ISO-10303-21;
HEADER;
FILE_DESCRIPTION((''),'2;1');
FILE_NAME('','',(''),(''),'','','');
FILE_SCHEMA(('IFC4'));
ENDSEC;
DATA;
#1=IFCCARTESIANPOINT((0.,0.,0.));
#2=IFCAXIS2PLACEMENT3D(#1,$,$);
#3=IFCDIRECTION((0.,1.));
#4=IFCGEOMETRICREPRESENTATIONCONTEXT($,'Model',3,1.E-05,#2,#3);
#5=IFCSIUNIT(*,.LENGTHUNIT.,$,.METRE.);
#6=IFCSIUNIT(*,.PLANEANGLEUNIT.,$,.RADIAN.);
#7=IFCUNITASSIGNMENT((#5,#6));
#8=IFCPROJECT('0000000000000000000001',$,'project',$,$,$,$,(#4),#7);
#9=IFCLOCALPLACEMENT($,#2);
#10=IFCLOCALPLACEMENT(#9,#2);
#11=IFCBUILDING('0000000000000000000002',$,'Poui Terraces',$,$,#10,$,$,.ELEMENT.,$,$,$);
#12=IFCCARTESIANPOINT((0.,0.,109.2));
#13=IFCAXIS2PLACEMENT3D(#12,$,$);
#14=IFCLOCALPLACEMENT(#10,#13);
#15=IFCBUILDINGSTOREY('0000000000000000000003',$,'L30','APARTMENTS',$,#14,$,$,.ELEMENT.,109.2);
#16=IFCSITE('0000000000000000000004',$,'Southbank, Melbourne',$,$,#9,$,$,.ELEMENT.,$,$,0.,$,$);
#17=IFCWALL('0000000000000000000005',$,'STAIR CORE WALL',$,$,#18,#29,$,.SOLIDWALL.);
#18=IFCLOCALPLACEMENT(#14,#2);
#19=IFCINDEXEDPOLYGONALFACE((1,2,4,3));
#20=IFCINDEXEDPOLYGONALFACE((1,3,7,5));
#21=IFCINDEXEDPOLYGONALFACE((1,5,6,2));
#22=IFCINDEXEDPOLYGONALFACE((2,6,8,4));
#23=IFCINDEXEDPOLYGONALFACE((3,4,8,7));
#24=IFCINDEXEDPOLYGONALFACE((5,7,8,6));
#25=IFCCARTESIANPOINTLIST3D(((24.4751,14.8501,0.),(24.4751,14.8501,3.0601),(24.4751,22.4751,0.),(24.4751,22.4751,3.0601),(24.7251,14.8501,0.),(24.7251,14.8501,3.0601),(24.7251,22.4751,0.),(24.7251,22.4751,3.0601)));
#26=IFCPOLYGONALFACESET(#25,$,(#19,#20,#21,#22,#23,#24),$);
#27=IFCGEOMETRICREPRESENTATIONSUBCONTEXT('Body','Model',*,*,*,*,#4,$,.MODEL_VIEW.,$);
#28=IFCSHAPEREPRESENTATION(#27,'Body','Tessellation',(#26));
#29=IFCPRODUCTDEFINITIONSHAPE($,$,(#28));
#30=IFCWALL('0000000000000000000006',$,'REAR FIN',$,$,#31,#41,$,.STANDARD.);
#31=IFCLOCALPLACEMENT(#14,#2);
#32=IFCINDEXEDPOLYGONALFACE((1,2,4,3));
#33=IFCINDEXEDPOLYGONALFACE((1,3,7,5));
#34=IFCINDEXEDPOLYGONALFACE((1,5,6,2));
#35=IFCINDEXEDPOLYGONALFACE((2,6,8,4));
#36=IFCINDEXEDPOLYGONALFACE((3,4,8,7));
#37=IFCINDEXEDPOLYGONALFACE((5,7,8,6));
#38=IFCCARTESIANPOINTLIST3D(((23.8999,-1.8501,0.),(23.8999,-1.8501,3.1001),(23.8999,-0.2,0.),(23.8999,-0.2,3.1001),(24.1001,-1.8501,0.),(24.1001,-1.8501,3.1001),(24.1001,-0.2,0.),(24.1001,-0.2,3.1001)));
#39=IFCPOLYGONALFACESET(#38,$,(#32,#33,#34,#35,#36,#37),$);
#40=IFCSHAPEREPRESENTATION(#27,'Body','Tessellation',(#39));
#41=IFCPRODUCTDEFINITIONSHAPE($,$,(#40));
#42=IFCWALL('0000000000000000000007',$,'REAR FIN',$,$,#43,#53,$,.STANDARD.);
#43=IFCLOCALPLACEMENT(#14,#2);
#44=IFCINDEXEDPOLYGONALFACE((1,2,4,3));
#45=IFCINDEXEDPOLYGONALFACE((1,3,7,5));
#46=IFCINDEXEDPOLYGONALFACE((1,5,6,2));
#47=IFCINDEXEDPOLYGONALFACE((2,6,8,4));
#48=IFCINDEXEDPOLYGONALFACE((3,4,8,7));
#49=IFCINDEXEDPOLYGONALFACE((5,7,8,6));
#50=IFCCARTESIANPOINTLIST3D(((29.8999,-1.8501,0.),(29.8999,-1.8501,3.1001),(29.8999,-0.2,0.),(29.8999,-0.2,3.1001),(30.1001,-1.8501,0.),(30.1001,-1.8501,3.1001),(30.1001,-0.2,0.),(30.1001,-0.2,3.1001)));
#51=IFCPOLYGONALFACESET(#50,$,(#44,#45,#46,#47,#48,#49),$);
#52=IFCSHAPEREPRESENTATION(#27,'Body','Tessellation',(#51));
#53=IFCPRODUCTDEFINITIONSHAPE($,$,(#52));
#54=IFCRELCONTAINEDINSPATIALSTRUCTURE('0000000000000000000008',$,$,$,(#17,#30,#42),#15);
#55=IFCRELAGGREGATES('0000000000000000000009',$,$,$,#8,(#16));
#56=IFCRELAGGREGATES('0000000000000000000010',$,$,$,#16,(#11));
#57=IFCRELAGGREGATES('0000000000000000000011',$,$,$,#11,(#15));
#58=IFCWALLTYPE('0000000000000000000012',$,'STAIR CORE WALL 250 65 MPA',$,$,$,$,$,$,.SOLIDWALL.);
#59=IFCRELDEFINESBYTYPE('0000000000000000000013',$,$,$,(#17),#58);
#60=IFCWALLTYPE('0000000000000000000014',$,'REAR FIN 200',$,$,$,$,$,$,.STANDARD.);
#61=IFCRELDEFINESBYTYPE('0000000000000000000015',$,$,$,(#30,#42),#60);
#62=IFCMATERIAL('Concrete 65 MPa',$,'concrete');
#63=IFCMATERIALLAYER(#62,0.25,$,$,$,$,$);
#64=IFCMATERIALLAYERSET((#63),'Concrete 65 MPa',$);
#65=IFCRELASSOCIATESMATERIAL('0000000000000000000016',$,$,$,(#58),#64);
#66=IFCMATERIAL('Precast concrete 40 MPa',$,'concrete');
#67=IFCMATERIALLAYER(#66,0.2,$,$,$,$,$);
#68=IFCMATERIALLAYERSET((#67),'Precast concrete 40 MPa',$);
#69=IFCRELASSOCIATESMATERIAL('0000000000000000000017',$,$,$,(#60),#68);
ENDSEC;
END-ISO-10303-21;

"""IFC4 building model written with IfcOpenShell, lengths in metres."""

from ifc_helpers import new_model, si_unit, direction, frame, frame_2d, origin, place, context, subcontext, project, spatial, polyline, rectangle, outline, extrude, source, transform, mapped, material, layer, layer_set, type_object, element, save


model = new_model("IFC4")

# Units and contexts
model_context = context("Model", 3, precision=1e-05, world=origin(), true_north=direction((0.0, 1.0)))
body_context = subcontext(model_context, "Body", "Model", "MODEL_VIEW")
ifc_project = project(units=[si_unit("LENGTHUNIT", "METRE"), si_unit("PLANEANGLEUNIT", "RADIAN")], contexts=[model_context])

# Site, building, storey
site_placement = place(None, origin())
site = spatial("IfcSite", under=ifc_project, at=site_placement, Name="Southbank, Melbourne", CompositionType="ELEMENT", RefElevation=0.0)
building_placement = place(site_placement, origin())
building = spatial("IfcBuilding", under=site, at=building_placement, Name="Poui Terraces", CompositionType="ELEMENT")
storey_placement = place(building_placement, frame((0.0, 0.0, 109.2)))
storey = spatial("IfcBuildingStorey", under=building, at=storey_placement, Name="L30", Description="APARTMENTS", CompositionType="ELEMENT", Elevation=109.2)

# Shared definitions
ifc_material_1 = material(Name="Concrete 65 MPa", Category="concrete")

# Shared definitions
ifc_material_2 = material(Name="Precast concrete 40 MPa", Category="concrete")

# Walls
ifc_layer_1 = layer(ifc_material_1, 0.25)
ifc_layer_set_1 = layer_set([ifc_layer_1], Name="Concrete 65 MPa")
wall_type_1 = type_object("IfcWallType", Name="STAIR CORE WALL 250 65 MPA", PredefinedType="SOLIDWALL", material=ifc_layer_set_1)
for number, where, z_axis, x_axis, name in (
    (1, (24.6001, 14.8501, 0.0), (0.0, 0.0, 1.0), (0.0, 1.0, 0.0), "STAIR CORE WALL"),
):
    element("IfcWall", number, at=place(storey_placement, frame(where, z_axis=z_axis, x_axis=x_axis)), inside=storey, type_object=wall_type_1, Name=name, PredefinedType="SOLIDWALL", context=body_context, shape_type="SweptSolid", body=[
        extrude(rectangle(XDim=7.625, YDim=0.25, at=frame_2d((3.8125, 0.0))), origin(), (0.0, 0.0, 1.0), 3.0601),
    ])
ifc_layer_2 = layer(ifc_material_2, 0.2)
ifc_layer_set_2 = layer_set([ifc_layer_2], Name="Precast concrete 40 MPa")
wall_type_2 = type_object("IfcWallType", Name="REAR FIN 200", PredefinedType="STANDARD", material=ifc_layer_set_2)
shared_shape_1 = source(origin(), body_context, "Body", "SweptSolid", [
    extrude(outline(polyline([(0.0, 0.0), (0.2002, 0.0), (0.2002, 1.6501), (0.0, 1.6501), (0.0, 0.0)])), origin(), (0.0, 0.0, 1.0), 3.1001),
])
for number, where, name in (
    (2, (23.8999, -1.8501, 0.0), "REAR FIN"),
    (3, (29.8999, -1.8501, 0.0), "REAR FIN"),
):
    element("IfcWall", number, at=place(storey_placement, frame(where)), inside=storey, type_object=wall_type_2, Name=name, PredefinedType="STANDARD", context=body_context, shape_type="MappedRepresentation", body=[
        mapped(shared_shape_1, transform((0.0, 0.0, 0.0))),
    ])

save(model, "model.ifc")
